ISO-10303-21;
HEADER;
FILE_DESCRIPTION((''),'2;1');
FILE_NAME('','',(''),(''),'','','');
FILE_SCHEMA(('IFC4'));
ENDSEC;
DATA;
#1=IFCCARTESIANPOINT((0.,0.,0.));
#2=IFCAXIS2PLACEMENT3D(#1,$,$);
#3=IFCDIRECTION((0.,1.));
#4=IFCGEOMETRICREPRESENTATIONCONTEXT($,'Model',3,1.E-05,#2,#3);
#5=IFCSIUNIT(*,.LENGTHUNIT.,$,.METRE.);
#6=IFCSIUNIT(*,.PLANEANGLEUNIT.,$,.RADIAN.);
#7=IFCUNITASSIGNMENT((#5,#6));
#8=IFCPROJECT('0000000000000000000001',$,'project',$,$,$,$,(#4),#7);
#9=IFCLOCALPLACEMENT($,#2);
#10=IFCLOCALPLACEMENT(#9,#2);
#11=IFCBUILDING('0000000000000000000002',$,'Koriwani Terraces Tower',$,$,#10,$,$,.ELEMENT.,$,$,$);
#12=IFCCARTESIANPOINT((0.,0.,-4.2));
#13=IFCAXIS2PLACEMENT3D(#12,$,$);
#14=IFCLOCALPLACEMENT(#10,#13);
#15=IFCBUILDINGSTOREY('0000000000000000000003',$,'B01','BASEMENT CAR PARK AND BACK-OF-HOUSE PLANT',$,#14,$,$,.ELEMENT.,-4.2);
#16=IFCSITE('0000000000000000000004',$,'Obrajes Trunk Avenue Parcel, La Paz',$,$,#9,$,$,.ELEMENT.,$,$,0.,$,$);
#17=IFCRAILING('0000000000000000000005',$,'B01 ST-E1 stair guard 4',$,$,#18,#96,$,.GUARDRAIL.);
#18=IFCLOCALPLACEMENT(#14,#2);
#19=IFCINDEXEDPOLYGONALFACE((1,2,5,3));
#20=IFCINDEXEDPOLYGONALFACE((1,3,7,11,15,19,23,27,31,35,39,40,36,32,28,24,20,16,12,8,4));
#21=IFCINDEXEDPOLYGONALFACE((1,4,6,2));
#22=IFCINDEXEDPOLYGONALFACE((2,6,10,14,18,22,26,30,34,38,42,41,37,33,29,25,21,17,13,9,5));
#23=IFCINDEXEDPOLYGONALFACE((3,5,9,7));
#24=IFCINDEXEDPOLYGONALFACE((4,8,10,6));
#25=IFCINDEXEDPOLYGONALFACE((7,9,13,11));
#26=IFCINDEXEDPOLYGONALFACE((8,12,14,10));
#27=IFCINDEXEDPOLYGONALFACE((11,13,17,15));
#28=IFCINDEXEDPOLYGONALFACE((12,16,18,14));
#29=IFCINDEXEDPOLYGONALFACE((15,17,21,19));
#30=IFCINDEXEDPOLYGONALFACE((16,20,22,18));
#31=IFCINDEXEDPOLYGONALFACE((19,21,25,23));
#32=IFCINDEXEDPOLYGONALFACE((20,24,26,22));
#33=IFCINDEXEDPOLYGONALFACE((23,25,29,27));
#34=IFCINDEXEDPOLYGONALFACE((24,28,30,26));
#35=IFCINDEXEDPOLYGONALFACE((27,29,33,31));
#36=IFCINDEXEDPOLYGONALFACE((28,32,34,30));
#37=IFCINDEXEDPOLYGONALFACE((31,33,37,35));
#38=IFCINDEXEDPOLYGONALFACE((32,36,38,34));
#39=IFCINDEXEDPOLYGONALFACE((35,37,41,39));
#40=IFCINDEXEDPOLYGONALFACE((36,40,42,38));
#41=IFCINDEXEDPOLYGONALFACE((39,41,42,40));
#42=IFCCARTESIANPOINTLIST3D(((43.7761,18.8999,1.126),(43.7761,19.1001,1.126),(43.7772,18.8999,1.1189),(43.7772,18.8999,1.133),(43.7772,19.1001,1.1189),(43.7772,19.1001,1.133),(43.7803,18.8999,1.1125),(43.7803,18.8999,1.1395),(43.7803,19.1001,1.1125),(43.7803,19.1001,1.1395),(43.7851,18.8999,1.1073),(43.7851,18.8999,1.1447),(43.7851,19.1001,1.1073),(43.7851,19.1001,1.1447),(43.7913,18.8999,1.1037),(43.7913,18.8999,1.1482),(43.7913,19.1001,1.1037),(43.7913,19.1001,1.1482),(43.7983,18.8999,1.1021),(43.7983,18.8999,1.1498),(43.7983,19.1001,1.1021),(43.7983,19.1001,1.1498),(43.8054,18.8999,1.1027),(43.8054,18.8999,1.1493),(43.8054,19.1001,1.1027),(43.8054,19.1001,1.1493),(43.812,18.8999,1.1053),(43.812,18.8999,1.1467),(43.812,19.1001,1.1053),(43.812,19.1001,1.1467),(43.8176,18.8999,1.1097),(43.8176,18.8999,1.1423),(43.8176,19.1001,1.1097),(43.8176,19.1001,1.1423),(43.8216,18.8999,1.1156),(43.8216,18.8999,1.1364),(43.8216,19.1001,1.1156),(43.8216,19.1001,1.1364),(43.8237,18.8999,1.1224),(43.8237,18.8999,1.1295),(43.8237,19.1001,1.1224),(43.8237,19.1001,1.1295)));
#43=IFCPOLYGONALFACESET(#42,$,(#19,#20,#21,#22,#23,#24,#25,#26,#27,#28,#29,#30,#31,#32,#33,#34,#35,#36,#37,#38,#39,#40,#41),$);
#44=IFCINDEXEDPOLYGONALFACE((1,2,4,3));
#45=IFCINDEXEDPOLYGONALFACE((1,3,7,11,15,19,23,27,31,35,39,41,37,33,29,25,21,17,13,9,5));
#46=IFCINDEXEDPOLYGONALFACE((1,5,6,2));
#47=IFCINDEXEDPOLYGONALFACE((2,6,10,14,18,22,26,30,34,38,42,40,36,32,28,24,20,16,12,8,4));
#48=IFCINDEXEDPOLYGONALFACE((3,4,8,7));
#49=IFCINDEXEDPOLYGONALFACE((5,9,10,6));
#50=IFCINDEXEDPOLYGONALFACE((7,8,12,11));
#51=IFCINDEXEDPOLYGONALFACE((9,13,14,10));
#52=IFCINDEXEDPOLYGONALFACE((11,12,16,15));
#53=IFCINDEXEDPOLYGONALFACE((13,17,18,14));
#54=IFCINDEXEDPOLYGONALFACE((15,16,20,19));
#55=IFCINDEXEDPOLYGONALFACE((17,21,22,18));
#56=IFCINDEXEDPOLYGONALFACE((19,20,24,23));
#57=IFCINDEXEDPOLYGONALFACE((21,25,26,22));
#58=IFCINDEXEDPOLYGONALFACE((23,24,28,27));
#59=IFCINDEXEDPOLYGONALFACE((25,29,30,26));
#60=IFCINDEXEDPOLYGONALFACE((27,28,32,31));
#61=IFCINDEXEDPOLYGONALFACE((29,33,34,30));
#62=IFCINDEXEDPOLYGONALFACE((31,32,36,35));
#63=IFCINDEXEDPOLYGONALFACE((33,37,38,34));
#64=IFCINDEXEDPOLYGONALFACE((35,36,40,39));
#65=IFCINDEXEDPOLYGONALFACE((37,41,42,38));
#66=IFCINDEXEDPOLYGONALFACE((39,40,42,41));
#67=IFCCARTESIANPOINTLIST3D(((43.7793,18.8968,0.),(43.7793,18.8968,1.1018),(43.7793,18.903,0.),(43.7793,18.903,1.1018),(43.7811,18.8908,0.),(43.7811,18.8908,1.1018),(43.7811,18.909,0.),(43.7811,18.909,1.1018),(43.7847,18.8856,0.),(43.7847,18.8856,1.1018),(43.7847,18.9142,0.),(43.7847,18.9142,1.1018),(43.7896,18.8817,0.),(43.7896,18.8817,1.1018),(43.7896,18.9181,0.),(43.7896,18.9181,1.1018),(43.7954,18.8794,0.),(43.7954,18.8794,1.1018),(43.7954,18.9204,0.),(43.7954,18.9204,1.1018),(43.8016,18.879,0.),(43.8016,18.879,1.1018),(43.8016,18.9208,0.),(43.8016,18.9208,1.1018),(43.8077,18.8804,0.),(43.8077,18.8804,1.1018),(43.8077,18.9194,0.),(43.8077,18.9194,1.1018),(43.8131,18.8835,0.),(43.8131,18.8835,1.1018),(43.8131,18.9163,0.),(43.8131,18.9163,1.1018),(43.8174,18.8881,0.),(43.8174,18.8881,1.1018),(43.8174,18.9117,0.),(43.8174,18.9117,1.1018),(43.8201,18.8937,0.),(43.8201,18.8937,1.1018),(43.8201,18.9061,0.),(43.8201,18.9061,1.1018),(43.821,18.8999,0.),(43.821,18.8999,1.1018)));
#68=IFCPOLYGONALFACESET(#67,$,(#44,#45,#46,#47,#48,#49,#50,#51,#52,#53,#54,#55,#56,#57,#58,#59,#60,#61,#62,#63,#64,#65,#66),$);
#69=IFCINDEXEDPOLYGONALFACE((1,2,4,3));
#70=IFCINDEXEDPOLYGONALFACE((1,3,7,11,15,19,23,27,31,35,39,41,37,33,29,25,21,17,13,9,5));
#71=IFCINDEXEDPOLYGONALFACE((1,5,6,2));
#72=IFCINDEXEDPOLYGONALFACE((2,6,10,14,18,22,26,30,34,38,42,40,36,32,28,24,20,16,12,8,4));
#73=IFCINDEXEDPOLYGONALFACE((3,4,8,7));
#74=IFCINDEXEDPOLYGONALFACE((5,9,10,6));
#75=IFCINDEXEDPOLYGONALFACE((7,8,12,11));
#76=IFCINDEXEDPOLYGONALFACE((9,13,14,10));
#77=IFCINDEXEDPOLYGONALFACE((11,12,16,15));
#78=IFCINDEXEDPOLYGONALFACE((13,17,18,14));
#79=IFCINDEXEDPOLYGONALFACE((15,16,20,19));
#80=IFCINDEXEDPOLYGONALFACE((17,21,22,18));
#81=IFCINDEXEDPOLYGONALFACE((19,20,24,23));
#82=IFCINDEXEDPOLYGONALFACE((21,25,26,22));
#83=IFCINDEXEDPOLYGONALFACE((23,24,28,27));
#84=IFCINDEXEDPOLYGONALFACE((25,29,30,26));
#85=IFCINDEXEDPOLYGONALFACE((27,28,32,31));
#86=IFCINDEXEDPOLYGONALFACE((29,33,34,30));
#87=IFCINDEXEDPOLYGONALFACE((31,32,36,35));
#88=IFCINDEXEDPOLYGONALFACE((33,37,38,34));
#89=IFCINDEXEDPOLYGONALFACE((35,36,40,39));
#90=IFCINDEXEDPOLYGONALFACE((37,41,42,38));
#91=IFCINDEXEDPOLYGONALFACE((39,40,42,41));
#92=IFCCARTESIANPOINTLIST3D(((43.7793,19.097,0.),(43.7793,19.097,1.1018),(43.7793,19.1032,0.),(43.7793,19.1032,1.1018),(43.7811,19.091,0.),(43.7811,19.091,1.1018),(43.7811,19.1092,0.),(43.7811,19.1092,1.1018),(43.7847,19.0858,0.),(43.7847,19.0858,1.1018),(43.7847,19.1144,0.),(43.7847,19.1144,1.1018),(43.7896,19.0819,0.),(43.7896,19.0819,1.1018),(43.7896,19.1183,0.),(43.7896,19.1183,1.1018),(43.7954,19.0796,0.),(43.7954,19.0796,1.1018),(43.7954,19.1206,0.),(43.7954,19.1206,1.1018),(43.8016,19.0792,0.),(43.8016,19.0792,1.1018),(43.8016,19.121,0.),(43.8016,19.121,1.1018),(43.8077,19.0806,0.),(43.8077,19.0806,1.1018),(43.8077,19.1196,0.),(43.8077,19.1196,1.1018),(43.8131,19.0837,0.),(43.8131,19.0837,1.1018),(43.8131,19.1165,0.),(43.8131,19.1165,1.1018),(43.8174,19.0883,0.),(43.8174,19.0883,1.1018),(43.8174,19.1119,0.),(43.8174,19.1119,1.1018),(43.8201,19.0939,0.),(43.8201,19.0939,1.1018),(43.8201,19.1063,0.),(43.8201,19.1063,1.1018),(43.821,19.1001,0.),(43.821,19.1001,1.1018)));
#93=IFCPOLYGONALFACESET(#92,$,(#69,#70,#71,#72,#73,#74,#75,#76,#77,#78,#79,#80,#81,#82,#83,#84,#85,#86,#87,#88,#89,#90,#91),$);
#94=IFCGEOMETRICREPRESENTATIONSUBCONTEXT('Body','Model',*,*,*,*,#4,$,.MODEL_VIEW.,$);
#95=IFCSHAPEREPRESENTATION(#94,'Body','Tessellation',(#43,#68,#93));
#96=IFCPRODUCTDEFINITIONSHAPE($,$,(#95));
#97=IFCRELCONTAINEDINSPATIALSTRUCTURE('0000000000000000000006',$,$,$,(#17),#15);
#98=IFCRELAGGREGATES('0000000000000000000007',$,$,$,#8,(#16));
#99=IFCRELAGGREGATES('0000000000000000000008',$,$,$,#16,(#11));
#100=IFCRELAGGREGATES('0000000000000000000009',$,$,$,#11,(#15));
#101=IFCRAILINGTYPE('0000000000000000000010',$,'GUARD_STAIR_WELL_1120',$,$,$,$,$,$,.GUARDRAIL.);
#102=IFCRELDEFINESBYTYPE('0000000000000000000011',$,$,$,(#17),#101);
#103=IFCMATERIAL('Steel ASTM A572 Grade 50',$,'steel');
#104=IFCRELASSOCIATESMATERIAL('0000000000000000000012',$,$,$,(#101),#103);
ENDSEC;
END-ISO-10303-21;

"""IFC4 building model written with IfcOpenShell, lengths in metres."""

from ifc_helpers import new_model, si_unit, direction, frame, origin, origin_2d, place, context, subcontext, project, spatial, circle, extrude, material, type_object, element, save


model = new_model("IFC4")

# Units and contexts
model_context = context("Model", 3, precision=1e-05, world=origin(), true_north=direction((0.0, 1.0)))
body_context = subcontext(model_context, "Body", "Model", "MODEL_VIEW")
ifc_project = project(units=[si_unit("LENGTHUNIT", "METRE"), si_unit("PLANEANGLEUNIT", "RADIAN")], contexts=[model_context])

# Site, building, storey
site_placement = place(None, origin())
site = spatial("IfcSite", under=ifc_project, at=site_placement, Name="Obrajes Trunk Avenue Parcel, La Paz", CompositionType="ELEMENT", RefElevation=0.0)
building_placement = place(site_placement, origin())
building = spatial("IfcBuilding", under=site, at=building_placement, Name="Koriwani Terraces Tower", CompositionType="ELEMENT")
storey_placement = place(building_placement, frame((0.0, 0.0, -4.2)))
storey = spatial("IfcBuildingStorey", under=building, at=storey_placement, Name="B01", Description="BASEMENT CAR PARK AND BACK-OF-HOUSE PLANT", CompositionType="ELEMENT", Elevation=-4.2)

# Shared definitions
ifc_material_1 = material(Name="Steel ASTM A572 Grade 50", Category="steel")

# Railing
railing_type_1 = type_object("IfcRailingType", Name="GUARD_STAIR_WELL_1120", PredefinedType="GUARDRAIL", material=ifc_material_1)
railing_1_placement = place(storey_placement, frame((43.8, 18.8999, 0.0)))
element("IfcRailing", 1, at=railing_1_placement, inside=storey, type_object=railing_type_1, Name="B01 ST-E1 stair guard 4", PredefinedType="GUARDRAIL", context=body_context, shape_type="SweptSolid", body=[
    extrude(circle(Radius=0.0239, at=origin_2d()), frame((0.0, 0.0, 1.126), z_axis=(0.0, 1.0, 0.0), x_axis=(-1.0, 0.0, 0.0)), (0.0, 0.0, 1.0), 0.2002),
    extrude(circle(Radius=0.021, at=origin_2d()), origin(), (0.0, 0.0, 1.0), 1.1018),
    extrude(circle(Radius=0.021, at=origin_2d()), frame((0.0, 0.2002, 0.0)), (0.0, 0.0, 1.0), 1.1018),
])

save(model, "model.ifc")
